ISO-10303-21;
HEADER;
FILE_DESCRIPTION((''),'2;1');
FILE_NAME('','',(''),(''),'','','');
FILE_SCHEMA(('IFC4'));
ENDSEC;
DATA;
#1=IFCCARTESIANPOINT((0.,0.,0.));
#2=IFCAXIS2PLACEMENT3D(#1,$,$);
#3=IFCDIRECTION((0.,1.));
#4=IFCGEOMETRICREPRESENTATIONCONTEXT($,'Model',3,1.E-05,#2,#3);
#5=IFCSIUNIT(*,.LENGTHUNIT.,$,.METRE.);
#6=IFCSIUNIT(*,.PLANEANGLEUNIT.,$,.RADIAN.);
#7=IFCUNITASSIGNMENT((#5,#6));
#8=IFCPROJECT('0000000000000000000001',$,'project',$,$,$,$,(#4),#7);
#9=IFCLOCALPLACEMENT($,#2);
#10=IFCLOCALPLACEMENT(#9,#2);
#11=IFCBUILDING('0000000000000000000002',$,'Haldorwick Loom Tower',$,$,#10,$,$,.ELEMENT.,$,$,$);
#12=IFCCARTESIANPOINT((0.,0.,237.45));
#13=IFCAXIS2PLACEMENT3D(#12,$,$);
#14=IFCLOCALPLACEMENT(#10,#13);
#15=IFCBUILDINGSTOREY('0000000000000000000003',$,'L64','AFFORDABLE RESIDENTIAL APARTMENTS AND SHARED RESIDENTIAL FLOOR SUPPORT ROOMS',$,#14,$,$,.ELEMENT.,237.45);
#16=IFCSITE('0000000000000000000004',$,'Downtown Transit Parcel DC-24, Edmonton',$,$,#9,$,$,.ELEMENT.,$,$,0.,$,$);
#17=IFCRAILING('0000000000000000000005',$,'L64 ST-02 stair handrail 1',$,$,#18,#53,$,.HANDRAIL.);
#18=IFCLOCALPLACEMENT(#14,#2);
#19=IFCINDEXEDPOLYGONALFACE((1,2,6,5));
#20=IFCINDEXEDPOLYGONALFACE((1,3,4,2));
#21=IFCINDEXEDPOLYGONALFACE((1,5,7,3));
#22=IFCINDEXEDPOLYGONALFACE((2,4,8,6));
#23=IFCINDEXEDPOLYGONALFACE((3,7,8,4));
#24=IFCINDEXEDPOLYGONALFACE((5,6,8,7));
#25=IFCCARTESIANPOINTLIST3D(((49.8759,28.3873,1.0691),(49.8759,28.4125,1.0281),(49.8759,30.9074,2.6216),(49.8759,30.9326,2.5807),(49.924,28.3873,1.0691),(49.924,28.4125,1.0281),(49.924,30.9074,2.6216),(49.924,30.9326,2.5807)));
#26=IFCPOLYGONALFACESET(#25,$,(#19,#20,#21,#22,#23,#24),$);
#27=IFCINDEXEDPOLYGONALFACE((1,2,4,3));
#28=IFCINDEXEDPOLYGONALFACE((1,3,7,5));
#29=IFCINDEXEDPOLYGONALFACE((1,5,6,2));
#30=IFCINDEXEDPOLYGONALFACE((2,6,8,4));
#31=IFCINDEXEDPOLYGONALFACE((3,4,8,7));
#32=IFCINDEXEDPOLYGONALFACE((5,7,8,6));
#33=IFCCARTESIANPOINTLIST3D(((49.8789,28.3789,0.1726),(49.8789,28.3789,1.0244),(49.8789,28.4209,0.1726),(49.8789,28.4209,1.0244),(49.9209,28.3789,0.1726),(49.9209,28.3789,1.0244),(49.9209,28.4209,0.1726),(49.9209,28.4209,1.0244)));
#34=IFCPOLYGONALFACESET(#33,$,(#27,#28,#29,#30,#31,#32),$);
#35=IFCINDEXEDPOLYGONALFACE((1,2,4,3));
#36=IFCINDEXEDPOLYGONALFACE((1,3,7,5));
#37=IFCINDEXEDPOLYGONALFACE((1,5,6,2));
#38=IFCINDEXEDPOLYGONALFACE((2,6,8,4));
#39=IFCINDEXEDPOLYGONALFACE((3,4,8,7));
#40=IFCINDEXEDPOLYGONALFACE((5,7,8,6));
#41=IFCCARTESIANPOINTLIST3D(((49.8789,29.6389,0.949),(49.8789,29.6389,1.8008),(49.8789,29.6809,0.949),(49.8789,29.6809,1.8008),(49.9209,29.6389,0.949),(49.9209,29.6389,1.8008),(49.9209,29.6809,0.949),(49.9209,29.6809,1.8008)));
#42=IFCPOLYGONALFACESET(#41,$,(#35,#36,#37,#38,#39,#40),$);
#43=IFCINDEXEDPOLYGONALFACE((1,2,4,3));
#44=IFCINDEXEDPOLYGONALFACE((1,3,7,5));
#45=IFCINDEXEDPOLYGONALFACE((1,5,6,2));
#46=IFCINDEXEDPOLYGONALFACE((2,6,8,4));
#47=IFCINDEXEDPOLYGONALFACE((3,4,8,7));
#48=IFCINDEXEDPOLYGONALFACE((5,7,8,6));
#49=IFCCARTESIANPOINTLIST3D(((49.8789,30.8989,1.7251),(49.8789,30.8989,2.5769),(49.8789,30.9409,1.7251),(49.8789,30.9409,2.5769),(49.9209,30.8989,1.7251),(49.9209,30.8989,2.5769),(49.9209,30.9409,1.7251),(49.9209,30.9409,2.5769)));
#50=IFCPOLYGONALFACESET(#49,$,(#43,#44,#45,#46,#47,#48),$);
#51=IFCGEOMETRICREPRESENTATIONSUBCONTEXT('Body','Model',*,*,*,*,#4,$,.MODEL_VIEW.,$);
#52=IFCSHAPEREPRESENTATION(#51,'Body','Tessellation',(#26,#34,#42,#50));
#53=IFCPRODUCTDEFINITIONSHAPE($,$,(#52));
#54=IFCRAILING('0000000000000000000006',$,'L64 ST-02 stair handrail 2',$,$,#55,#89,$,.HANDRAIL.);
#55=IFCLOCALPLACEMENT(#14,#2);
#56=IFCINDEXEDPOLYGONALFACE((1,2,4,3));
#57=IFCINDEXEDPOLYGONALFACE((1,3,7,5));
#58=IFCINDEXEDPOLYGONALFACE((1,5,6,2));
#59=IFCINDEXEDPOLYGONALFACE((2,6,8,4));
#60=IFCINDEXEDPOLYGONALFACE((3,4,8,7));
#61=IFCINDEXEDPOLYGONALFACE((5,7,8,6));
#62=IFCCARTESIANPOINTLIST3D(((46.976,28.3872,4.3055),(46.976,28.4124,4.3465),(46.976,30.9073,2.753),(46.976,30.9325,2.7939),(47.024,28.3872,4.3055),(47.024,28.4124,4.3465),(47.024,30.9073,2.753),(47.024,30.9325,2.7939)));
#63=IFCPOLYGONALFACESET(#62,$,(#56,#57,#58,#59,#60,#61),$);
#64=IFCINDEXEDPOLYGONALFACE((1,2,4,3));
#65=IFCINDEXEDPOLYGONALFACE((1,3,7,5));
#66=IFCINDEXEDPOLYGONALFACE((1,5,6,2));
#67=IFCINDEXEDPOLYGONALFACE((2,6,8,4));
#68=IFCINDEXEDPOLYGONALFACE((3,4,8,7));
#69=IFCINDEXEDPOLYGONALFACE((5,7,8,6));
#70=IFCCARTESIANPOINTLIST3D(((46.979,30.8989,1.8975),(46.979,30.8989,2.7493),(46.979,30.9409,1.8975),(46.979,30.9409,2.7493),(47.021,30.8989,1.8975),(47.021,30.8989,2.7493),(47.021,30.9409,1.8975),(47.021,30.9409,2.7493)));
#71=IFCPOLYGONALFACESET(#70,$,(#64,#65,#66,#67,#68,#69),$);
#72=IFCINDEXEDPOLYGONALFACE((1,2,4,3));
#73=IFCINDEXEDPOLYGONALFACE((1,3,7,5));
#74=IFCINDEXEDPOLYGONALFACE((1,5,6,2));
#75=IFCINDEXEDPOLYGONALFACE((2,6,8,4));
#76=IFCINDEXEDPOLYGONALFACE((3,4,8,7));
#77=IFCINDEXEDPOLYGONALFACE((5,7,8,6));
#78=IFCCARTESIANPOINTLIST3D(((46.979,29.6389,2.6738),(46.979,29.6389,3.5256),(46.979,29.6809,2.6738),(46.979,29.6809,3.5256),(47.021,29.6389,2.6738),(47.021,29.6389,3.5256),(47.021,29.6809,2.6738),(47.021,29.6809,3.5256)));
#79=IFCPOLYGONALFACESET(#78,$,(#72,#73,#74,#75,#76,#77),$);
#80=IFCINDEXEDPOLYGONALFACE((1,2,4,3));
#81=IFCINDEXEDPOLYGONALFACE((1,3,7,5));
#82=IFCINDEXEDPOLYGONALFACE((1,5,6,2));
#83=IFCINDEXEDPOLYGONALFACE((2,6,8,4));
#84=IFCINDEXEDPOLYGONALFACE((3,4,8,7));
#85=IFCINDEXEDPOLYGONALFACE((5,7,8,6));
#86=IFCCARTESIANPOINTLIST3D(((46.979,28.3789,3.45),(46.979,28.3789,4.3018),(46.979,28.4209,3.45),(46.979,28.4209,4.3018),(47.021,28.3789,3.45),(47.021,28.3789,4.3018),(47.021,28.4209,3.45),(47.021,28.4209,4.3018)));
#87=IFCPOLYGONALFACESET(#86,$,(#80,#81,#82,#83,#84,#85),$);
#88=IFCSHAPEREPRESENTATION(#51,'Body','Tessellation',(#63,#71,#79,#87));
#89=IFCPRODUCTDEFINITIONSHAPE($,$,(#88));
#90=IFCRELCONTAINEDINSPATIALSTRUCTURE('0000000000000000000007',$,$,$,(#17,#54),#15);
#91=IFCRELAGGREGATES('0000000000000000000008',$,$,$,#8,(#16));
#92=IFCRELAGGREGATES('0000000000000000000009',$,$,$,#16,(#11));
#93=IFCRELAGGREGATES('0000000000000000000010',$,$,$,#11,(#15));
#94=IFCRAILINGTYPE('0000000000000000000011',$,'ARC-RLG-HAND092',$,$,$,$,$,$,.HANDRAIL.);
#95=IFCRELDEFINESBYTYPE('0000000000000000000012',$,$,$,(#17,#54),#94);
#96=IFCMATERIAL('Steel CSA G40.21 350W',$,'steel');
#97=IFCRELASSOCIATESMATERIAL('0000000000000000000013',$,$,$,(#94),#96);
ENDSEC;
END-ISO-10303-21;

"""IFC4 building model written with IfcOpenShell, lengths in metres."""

from ifc_helpers import new_model, si_unit, direction, frame, origin, origin_2d, place, context, subcontext, project, spatial, rectangle, extrude, material, type_object, element, save


model = new_model("IFC4")

# Units and contexts
model_context = context("Model", 3, precision=1e-05, world=origin(), true_north=direction((0.0, 1.0)))
body_context = subcontext(model_context, "Body", "Model", "MODEL_VIEW")
ifc_project = project(units=[si_unit("LENGTHUNIT", "METRE"), si_unit("PLANEANGLEUNIT", "RADIAN")], contexts=[model_context])

# Site, building, storey
site_placement = place(None, origin())
site = spatial("IfcSite", under=ifc_project, at=site_placement, Name="Downtown Transit Parcel DC-24, Edmonton", CompositionType="ELEMENT", RefElevation=0.0)
building_placement = place(site_placement, origin())
building = spatial("IfcBuilding", under=site, at=building_placement, Name="Haldorwick Loom Tower", CompositionType="ELEMENT")
storey_placement = place(building_placement, frame((0.0, 0.0, 237.45)))
storey = spatial("IfcBuildingStorey", under=building, at=storey_placement, Name="L64", Description="AFFORDABLE RESIDENTIAL APARTMENTS AND SHARED RESIDENTIAL FLOOR SUPPORT ROOMS", CompositionType="ELEMENT", Elevation=237.45)

# Shared definitions
ifc_material_1 = material(Name="Steel CSA G40.21 350W", Category="steel")

# Railings
railing_type_1 = type_object("IfcRailingType", Name="ARC-RLG-HAND092", PredefinedType="HANDRAIL", material=ifc_material_1)
railing_1_placement = place(storey_placement, frame((49.8999, 28.3999, 0.1726)))
element("IfcRailing", 1, at=railing_1_placement, inside=storey, type_object=railing_type_1, Name="L64 ST-02 stair handrail 1", PredefinedType="HANDRAIL", context=body_context, shape_type="SweptSolid", body=[
    extrude(rectangle(XDim=0.0481, YDim=0.0481, at=origin_2d()), frame((0.0, 0.0, 0.876), z_axis=(0.0, 0.8514, 0.524516), x_axis=(-1.0, 0.0, 0.0)), (0.0, 0.0, 1.0), 2.96),
    extrude(rectangle(XDim=0.042, YDim=0.042, at=origin_2d()), origin(), (0.0, 0.0, 1.0), 0.8518),
    extrude(rectangle(XDim=0.042, YDim=0.042, at=origin_2d()), frame((0.0, 1.26, 0.7764)), (0.0, 0.0, 1.0), 0.8518),
    extrude(rectangle(XDim=0.042, YDim=0.042, at=origin_2d()), frame((0.0, 2.52, 1.5525)), (0.0, 0.0, 1.0), 0.8518),
])
railing_2_placement = place(storey_placement, frame((47.0, 30.9199, 1.8975)))
element("IfcRailing", 2, at=railing_2_placement, inside=storey, type_object=railing_type_1, Name="L64 ST-02 stair handrail 2", PredefinedType="HANDRAIL", context=body_context, shape_type="SweptSolid", body=[
    extrude(rectangle(XDim=0.0481, YDim=0.0481, at=origin_2d()), frame((0.0, 0.0, 0.876), z_axis=(0.0, -0.8514, 0.524516), x_axis=(1.0, 0.0, 0.0)), (0.0, 0.0, 1.0), 2.96),
    extrude(rectangle(XDim=0.042, YDim=0.042, at=origin_2d()), origin(), (0.0, 0.0, 1.0), 0.8518),
    extrude(rectangle(XDim=0.042, YDim=0.042, at=origin_2d()), frame((0.0, -1.26, 0.7764)), (0.0, 0.0, 1.0), 0.8518),
    extrude(rectangle(XDim=0.042, YDim=0.042, at=origin_2d()), frame((0.0, -2.52, 1.5525)), (0.0, 0.0, 1.0), 0.8518),
])

save(model, "model.ifc")
